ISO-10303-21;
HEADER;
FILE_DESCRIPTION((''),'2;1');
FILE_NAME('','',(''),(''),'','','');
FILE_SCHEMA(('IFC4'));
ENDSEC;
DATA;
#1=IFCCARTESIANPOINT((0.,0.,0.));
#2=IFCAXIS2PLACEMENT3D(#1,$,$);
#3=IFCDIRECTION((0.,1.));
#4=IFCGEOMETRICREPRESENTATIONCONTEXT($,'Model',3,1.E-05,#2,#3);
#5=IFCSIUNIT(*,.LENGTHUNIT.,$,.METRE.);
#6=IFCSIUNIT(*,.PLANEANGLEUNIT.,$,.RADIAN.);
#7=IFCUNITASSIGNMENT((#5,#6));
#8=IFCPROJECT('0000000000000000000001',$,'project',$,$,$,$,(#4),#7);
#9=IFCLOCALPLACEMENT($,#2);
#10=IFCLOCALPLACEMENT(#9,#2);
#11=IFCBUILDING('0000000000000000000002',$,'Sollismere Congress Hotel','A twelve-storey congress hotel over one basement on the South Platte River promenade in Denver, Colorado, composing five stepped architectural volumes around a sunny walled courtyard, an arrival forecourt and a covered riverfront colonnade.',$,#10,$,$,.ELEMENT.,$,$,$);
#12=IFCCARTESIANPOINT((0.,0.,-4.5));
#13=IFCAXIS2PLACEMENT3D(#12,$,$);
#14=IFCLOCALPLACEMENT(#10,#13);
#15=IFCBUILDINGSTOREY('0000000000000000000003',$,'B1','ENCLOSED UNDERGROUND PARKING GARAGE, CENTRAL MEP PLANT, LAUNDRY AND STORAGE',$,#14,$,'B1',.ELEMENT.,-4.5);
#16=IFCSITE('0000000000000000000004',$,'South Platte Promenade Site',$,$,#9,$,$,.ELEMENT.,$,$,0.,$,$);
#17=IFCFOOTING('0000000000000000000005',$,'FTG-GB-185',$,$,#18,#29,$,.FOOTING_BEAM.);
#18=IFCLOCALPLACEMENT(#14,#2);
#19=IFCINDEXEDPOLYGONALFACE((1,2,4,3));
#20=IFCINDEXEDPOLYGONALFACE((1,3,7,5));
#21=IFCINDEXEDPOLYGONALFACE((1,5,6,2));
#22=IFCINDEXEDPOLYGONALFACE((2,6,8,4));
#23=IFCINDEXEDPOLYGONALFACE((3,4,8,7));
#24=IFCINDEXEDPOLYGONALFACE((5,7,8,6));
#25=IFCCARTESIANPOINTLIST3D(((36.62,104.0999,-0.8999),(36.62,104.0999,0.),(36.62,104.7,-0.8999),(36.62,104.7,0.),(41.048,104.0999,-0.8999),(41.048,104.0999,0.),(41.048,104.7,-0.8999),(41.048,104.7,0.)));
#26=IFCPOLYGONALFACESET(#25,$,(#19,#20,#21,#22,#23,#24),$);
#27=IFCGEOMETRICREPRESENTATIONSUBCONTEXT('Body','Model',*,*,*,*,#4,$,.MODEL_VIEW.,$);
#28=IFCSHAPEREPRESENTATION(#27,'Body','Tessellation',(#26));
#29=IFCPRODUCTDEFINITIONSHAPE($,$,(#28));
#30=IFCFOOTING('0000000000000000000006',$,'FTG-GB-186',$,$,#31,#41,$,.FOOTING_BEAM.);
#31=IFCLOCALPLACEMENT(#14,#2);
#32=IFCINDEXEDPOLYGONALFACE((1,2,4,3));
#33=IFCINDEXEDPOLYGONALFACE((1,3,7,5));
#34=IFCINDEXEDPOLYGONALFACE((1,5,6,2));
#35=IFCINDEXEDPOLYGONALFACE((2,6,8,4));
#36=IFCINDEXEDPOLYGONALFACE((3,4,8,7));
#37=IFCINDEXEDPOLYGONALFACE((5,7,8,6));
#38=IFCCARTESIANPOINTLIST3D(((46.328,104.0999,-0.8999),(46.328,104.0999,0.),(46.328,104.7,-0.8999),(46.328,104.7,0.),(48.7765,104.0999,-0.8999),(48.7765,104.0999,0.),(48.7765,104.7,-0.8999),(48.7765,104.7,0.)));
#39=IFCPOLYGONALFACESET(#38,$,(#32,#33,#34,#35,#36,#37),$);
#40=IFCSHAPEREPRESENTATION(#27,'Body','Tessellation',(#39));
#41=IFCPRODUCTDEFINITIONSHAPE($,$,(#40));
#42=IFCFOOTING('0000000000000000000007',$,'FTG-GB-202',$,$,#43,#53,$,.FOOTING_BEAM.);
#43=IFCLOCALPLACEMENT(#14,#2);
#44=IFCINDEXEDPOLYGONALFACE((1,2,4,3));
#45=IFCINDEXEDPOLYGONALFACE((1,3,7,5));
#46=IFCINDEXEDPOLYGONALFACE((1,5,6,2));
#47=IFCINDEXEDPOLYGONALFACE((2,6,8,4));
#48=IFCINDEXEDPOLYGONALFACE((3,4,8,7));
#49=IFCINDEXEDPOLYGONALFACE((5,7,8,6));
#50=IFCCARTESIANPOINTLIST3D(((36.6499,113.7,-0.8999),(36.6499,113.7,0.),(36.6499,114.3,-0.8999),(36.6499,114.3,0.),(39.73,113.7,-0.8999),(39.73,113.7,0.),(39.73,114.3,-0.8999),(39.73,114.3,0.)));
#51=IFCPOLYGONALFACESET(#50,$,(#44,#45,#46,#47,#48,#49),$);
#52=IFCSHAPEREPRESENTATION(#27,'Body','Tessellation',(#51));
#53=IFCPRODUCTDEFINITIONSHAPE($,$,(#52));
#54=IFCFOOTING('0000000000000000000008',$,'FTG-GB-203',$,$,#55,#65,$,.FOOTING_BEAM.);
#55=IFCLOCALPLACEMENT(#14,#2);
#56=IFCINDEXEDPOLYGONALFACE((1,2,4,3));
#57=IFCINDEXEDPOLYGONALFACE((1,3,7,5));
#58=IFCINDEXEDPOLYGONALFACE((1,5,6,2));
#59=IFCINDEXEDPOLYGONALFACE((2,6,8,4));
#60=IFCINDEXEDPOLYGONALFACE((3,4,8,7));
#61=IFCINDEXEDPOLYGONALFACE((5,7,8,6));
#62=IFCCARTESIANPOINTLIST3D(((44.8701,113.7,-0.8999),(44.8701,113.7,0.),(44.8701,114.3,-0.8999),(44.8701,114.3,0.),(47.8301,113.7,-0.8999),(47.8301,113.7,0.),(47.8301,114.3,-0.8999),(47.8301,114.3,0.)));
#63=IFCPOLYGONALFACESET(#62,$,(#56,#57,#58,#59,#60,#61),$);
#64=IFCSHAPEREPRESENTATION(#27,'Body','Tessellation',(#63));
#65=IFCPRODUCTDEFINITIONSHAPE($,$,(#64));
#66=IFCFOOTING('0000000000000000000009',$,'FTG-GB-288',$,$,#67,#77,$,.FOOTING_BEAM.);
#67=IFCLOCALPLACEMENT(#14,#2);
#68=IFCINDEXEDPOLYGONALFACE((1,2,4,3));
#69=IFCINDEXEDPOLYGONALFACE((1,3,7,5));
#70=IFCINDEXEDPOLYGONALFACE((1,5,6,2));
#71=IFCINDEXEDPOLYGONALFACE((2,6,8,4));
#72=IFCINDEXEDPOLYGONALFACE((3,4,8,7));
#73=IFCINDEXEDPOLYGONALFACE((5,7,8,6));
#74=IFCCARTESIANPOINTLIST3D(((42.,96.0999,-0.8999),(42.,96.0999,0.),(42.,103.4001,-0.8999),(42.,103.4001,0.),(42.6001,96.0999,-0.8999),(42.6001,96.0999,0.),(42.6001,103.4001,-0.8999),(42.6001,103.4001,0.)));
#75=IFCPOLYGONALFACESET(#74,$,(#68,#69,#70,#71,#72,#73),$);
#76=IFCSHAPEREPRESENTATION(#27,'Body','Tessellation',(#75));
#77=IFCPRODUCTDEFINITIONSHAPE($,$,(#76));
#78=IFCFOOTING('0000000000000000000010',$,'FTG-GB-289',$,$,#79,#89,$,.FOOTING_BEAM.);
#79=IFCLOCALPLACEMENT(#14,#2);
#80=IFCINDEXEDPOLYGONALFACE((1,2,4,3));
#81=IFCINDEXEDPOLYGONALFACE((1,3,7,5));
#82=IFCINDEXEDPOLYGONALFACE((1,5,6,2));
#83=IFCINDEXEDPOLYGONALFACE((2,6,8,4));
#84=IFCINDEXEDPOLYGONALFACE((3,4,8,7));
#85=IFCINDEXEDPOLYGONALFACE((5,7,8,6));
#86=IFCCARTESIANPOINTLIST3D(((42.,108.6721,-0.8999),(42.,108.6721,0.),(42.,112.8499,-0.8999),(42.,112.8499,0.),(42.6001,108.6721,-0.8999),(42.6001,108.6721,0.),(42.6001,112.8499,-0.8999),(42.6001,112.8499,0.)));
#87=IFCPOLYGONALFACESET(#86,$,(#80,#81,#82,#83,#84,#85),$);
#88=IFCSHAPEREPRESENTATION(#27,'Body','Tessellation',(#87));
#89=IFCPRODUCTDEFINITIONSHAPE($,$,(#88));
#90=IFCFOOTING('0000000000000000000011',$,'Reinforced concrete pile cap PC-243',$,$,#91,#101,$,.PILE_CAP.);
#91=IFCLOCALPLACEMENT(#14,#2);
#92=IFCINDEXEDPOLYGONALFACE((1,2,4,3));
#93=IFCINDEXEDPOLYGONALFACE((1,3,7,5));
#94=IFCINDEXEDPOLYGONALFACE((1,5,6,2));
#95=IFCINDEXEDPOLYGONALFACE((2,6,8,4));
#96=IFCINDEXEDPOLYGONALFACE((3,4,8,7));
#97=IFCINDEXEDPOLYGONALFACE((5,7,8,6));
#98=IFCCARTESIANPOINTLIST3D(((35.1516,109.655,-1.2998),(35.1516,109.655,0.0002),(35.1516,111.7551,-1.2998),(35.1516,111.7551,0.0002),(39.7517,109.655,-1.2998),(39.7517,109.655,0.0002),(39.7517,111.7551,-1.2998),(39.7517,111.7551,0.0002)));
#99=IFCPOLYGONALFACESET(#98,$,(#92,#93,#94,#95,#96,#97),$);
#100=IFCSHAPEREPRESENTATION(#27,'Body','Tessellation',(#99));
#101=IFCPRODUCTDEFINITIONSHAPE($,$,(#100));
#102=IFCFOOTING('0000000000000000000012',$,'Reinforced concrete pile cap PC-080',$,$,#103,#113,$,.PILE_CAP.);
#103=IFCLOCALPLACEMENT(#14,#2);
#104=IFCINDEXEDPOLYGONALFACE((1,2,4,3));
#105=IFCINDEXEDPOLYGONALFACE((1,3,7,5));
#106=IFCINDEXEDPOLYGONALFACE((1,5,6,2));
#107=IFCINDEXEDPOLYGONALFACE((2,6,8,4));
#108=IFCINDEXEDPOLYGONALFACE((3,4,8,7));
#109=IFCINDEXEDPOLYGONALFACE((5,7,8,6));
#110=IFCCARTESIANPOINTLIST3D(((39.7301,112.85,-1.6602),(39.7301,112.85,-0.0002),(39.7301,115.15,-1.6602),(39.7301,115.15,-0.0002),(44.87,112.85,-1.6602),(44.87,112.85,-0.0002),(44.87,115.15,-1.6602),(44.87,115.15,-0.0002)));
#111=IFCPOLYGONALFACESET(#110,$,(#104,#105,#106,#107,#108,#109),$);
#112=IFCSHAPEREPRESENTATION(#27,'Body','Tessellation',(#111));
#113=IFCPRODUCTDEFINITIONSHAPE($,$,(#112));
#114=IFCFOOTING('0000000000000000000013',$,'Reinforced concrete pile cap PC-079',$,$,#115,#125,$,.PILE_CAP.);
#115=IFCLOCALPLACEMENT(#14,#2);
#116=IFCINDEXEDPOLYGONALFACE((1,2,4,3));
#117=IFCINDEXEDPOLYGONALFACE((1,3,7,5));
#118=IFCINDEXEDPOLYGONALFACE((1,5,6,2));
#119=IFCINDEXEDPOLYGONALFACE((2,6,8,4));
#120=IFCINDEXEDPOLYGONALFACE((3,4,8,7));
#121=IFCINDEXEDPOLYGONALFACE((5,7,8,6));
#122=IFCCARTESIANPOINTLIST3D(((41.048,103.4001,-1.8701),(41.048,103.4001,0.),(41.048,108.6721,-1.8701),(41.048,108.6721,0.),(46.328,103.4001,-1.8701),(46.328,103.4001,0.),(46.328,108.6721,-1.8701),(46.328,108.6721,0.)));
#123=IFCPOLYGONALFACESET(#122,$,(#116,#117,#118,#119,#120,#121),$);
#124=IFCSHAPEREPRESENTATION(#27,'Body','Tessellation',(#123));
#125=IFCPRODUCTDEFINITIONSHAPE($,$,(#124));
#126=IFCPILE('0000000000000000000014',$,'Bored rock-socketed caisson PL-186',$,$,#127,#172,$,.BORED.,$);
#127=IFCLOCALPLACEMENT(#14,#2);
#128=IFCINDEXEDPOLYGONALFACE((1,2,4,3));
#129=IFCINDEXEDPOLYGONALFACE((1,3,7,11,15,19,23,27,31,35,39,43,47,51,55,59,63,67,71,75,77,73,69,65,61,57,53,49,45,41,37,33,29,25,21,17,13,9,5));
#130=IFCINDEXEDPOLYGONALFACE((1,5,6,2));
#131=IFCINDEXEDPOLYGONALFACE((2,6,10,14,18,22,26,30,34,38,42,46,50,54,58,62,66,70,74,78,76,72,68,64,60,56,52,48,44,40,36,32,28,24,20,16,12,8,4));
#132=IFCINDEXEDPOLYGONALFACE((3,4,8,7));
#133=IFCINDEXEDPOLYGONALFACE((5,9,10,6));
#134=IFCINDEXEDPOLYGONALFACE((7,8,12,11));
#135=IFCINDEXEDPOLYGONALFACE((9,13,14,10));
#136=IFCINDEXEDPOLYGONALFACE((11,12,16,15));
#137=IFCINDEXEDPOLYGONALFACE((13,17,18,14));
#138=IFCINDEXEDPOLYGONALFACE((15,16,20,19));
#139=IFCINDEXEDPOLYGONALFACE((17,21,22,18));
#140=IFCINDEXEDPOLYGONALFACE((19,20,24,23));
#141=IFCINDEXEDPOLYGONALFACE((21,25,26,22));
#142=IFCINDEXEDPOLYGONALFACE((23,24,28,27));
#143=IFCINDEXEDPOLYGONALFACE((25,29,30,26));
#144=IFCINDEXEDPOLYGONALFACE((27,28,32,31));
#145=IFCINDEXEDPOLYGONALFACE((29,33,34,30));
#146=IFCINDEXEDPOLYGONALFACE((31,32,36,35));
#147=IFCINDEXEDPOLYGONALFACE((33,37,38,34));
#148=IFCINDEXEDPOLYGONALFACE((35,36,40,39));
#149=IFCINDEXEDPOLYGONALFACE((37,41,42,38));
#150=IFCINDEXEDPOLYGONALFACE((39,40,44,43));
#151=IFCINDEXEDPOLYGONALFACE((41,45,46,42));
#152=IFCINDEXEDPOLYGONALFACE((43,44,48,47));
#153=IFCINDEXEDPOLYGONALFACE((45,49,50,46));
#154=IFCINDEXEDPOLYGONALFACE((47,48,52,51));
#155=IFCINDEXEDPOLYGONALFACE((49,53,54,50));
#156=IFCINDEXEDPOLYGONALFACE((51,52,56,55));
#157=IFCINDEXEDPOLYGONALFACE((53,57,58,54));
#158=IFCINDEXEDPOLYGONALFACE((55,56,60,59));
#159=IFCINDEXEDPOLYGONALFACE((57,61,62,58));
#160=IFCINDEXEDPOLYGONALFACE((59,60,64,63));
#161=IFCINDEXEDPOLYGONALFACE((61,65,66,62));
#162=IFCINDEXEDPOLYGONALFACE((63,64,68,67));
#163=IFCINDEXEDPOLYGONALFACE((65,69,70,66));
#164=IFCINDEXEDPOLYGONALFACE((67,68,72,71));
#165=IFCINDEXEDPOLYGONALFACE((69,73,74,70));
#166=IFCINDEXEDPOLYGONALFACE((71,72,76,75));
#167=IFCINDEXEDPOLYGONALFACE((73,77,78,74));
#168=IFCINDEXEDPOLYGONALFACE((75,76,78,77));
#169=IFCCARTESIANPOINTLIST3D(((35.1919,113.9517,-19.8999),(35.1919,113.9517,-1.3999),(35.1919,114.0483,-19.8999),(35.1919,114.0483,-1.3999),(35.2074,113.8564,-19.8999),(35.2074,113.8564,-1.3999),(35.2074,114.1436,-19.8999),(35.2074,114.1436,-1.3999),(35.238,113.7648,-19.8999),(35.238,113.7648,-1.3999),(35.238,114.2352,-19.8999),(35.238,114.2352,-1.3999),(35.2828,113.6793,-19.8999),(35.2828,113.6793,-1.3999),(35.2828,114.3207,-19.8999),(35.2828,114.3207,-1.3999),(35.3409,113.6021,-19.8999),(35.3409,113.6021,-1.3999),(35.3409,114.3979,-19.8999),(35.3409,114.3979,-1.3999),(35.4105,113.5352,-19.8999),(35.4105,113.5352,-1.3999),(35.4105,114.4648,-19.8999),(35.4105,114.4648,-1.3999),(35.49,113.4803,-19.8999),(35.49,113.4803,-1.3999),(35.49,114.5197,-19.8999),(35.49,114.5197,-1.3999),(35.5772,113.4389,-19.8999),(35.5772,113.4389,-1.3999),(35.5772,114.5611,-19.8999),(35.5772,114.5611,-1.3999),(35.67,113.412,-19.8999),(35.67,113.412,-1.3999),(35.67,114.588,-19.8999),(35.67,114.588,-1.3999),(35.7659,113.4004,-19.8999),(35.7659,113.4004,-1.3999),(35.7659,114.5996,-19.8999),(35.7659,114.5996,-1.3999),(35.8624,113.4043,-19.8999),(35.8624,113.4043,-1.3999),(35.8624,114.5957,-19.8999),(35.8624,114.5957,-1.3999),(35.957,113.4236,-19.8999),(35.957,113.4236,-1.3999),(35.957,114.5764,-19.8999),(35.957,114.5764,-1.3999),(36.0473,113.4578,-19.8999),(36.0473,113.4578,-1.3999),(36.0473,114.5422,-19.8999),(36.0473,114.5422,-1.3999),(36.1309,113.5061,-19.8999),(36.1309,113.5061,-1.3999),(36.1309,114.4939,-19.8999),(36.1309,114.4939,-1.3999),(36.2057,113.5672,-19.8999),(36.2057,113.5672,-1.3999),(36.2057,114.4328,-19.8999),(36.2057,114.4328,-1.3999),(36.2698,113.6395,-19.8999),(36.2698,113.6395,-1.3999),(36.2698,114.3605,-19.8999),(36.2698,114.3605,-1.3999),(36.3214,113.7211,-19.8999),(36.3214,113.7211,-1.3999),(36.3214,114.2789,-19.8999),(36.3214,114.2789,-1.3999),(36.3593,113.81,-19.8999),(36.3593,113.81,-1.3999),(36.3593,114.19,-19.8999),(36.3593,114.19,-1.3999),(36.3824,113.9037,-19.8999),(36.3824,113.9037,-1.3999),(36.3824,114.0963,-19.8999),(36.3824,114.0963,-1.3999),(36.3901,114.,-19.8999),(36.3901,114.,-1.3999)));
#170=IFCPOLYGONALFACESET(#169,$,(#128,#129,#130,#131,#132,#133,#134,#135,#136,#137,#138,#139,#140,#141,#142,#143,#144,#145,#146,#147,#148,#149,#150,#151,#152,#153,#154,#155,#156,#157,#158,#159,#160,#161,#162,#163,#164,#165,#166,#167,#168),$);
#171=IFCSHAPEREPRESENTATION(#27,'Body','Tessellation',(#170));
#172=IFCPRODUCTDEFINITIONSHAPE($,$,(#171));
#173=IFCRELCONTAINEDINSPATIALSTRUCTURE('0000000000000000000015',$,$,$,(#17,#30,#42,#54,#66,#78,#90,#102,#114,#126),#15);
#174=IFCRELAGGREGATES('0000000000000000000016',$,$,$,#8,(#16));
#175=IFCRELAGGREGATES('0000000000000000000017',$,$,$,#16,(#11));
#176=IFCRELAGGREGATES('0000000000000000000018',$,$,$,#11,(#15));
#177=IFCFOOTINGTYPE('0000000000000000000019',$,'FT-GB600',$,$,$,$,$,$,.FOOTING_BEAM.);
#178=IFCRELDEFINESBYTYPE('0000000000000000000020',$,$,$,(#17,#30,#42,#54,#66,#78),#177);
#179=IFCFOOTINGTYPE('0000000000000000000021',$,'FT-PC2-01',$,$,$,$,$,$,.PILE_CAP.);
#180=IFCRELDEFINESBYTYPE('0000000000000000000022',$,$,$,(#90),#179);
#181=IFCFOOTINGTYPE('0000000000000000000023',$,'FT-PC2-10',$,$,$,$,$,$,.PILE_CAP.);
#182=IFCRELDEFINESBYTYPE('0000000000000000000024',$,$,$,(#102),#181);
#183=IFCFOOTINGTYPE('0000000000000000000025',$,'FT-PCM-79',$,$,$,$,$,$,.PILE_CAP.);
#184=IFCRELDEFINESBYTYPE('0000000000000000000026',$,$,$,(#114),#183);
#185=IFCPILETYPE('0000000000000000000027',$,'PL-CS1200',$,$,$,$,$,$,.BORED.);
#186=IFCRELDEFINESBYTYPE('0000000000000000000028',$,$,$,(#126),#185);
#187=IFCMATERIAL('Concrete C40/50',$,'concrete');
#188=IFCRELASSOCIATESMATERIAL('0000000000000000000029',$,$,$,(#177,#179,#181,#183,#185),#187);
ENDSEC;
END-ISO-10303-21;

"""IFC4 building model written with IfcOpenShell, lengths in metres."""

from ifc_helpers import new_model, si_unit, direction, frame, origin, origin_2d, place, context, subcontext, project, spatial, rectangle, circle, extrude, material, material_profile, profile_set, type_object, element, save


model = new_model("IFC4")

# Units and contexts
model_context = context("Model", 3, precision=1e-05, world=origin(), true_north=direction((0.0, 1.0)))
body_context = subcontext(model_context, "Body", "Model", "MODEL_VIEW")
ifc_project = project(units=[si_unit("LENGTHUNIT", "METRE"), si_unit("PLANEANGLEUNIT", "RADIAN")], contexts=[model_context])

# Site, building, storey
site_placement = place(None, origin())
site = spatial("IfcSite", under=ifc_project, at=site_placement, Name="South Platte Promenade Site", CompositionType="ELEMENT", RefElevation=0.0)
building_placement = place(site_placement, origin())
building = spatial("IfcBuilding", under=site, at=building_placement, Name="Sollismere Congress Hotel", Description="A twelve-storey congress hotel over one basement on the South Platte River promenade in Denver, Colorado, composing five stepped architectural volumes around a sunny walled courtyard, an arrival forecourt and a covered riverfront colonnade.", CompositionType="ELEMENT")
storey_placement = place(building_placement, frame((0.0, 0.0, -4.5)))
storey = spatial("IfcBuildingStorey", under=building, at=storey_placement, Name="B1", Description="ENCLOSED UNDERGROUND PARKING GARAGE, CENTRAL MEP PLANT, LAUNDRY AND STORAGE", LongName="B1", CompositionType="ELEMENT", Elevation=-4.5)

# Footings
ifc_material_1 = material(Name="Concrete C40/50", Category="concrete")
footing_type_1 = type_object("IfcFootingType", Name="FT-GB600", PredefinedType="FOOTING_BEAM", material=ifc_material_1)
footing_1_placement = place(storey_placement, frame((38.834, 104.3999, -0.8999), z_axis=(0.0, 0.0, 1.0), x_axis=(1.0, 0.0, 0.0)))
element("IfcFooting", 1, at=footing_1_placement, inside=storey, type_object=footing_type_1, Name="FTG-GB-185", PredefinedType="FOOTING_BEAM", context=body_context, shape_type="SweptSolid", body=[
    extrude(rectangle(XDim=4.428, YDim=0.6001, at=origin_2d()), origin(), (0.0, 0.0, 1.0), 0.8999),
])
footing_2_placement = place(storey_placement, frame((47.5522, 104.3999, -0.8999), z_axis=(0.0, 0.0, 1.0), x_axis=(1.0, 0.0, 0.0)))
element("IfcFooting", 2, at=footing_2_placement, inside=storey, type_object=footing_type_1, Name="FTG-GB-186", PredefinedType="FOOTING_BEAM", context=body_context, shape_type="SweptSolid", body=[
    extrude(rectangle(XDim=2.4485, YDim=0.6001, at=origin_2d()), origin(), (0.0, 0.0, 1.0), 0.8999),
])
footing_3_placement = place(storey_placement, frame((38.1899, 114.0, -0.8999), z_axis=(0.0, 0.0, 1.0), x_axis=(1.0, 0.0, 0.0)))
element("IfcFooting", 3, at=footing_3_placement, inside=storey, type_object=footing_type_1, Name="FTG-GB-202", PredefinedType="FOOTING_BEAM", context=body_context, shape_type="SweptSolid", body=[
    extrude(rectangle(XDim=3.0801, YDim=0.6001, at=origin_2d()), origin(), (0.0, 0.0, 1.0), 0.8999),
])
footing_4_placement = place(storey_placement, frame((46.3501, 114.0, -0.8999), z_axis=(0.0, 0.0, 1.0), x_axis=(1.0, 0.0, 0.0)))
element("IfcFooting", 4, at=footing_4_placement, inside=storey, type_object=footing_type_1, Name="FTG-GB-203", PredefinedType="FOOTING_BEAM", context=body_context, shape_type="SweptSolid", body=[
    extrude(rectangle(XDim=2.96, YDim=0.6001, at=origin_2d()), origin(), (0.0, 0.0, 1.0), 0.8999),
])
footing_5_placement = place(storey_placement, frame((42.3, 99.75, -0.8999), z_axis=(0.0, 0.0, 1.0), x_axis=(0.0, 1.0, 0.0)))
element("IfcFooting", 5, at=footing_5_placement, inside=storey, type_object=footing_type_1, Name="FTG-GB-288", PredefinedType="FOOTING_BEAM", context=body_context, shape_type="SweptSolid", body=[
    extrude(rectangle(XDim=7.3003, YDim=0.6001, at=origin_2d()), origin(), (0.0, 0.0, 1.0), 0.8999),
])
footing_6_placement = place(storey_placement, frame((42.3, 110.761, -0.8999), z_axis=(0.0, 0.0, 1.0), x_axis=(0.0, 1.0, 0.0)))
element("IfcFooting", 6, at=footing_6_placement, inside=storey, type_object=footing_type_1, Name="FTG-GB-289", PredefinedType="FOOTING_BEAM", context=body_context, shape_type="SweptSolid", body=[
    extrude(rectangle(XDim=4.1777, YDim=0.6001, at=origin_2d()), origin(), (0.0, 0.0, 1.0), 0.8999),
])
footing_type_2 = type_object("IfcFootingType", Name="FT-PC2-01", PredefinedType="PILE_CAP", material=ifc_material_1)
footing_7_placement = place(storey_placement, frame((37.4517, 110.7051, -1.2998), z_axis=(0.0, 0.0, 1.0), x_axis=(1.0, 0.0, 0.0)))
element("IfcFooting", 7, at=footing_7_placement, inside=storey, type_object=footing_type_2, Name="Reinforced concrete pile cap PC-243", PredefinedType="PILE_CAP", context=body_context, shape_type="SweptSolid", body=[
    extrude(rectangle(XDim=4.6001, YDim=2.1001, at=origin_2d()), origin(), (0.0, 0.0, 1.0), 1.3),
])
footing_type_3 = type_object("IfcFootingType", Name="FT-PC2-10", PredefinedType="PILE_CAP", material=ifc_material_1)
footing_8_placement = place(storey_placement, frame((42.3, 114.0, -1.6602), z_axis=(0.0, 0.0, 1.0), x_axis=(1.0, 0.0, 0.0)))
element("IfcFooting", 8, at=footing_8_placement, inside=storey, type_object=footing_type_3, Name="Reinforced concrete pile cap PC-080", PredefinedType="PILE_CAP", context=body_context, shape_type="SweptSolid", body=[
    extrude(rectangle(XDim=5.1399, YDim=2.3, at=origin_2d()), origin(), (0.0, 0.0, 1.0), 1.6599),
])
footing_type_4 = type_object("IfcFootingType", Name="FT-PCM-79", PredefinedType="PILE_CAP", material=ifc_material_1)
footing_9_placement = place(storey_placement, frame((43.688, 106.0361, -1.8701), z_axis=(0.0, 0.0, 1.0), x_axis=(1.0, 0.0, 0.0)))
element("IfcFooting", 9, at=footing_9_placement, inside=storey, type_object=footing_type_4, Name="Reinforced concrete pile cap PC-079", PredefinedType="PILE_CAP", context=body_context, shape_type="SweptSolid", body=[
    extrude(rectangle(XDim=5.28, YDim=5.272, at=origin_2d()), origin(), (0.0, 0.0, 1.0), 1.8701),
])

# Pile
ifc_material_profile_1 = material_profile(ifc_material_1, circle(Radius=0.6001, at=origin_2d()), Name="CAISSON1200")
ifc_profile_set_1 = profile_set([ifc_material_profile_1], Name="Concrete C40/50")
pile_type = type_object("IfcPileType", Name="PL-CS1200", PredefinedType="BORED", material=ifc_profile_set_1)
pile_placement = place(storey_placement, frame((35.79, 114.0, -1.3999), z_axis=(0.0, 0.0, -1.0), x_axis=(1.0, 0.0, 0.0)))
element("IfcPile", 10, at=pile_placement, inside=storey, type_object=pile_type, Name="Bored rock-socketed caisson PL-186", PredefinedType="BORED", context=body_context, shape_type="SweptSolid", body=[
    extrude(circle(Radius=0.6001, at=origin_2d()), origin(), (0.0, 0.0, 1.0), 18.5),
])

save(model, "model.ifc")
